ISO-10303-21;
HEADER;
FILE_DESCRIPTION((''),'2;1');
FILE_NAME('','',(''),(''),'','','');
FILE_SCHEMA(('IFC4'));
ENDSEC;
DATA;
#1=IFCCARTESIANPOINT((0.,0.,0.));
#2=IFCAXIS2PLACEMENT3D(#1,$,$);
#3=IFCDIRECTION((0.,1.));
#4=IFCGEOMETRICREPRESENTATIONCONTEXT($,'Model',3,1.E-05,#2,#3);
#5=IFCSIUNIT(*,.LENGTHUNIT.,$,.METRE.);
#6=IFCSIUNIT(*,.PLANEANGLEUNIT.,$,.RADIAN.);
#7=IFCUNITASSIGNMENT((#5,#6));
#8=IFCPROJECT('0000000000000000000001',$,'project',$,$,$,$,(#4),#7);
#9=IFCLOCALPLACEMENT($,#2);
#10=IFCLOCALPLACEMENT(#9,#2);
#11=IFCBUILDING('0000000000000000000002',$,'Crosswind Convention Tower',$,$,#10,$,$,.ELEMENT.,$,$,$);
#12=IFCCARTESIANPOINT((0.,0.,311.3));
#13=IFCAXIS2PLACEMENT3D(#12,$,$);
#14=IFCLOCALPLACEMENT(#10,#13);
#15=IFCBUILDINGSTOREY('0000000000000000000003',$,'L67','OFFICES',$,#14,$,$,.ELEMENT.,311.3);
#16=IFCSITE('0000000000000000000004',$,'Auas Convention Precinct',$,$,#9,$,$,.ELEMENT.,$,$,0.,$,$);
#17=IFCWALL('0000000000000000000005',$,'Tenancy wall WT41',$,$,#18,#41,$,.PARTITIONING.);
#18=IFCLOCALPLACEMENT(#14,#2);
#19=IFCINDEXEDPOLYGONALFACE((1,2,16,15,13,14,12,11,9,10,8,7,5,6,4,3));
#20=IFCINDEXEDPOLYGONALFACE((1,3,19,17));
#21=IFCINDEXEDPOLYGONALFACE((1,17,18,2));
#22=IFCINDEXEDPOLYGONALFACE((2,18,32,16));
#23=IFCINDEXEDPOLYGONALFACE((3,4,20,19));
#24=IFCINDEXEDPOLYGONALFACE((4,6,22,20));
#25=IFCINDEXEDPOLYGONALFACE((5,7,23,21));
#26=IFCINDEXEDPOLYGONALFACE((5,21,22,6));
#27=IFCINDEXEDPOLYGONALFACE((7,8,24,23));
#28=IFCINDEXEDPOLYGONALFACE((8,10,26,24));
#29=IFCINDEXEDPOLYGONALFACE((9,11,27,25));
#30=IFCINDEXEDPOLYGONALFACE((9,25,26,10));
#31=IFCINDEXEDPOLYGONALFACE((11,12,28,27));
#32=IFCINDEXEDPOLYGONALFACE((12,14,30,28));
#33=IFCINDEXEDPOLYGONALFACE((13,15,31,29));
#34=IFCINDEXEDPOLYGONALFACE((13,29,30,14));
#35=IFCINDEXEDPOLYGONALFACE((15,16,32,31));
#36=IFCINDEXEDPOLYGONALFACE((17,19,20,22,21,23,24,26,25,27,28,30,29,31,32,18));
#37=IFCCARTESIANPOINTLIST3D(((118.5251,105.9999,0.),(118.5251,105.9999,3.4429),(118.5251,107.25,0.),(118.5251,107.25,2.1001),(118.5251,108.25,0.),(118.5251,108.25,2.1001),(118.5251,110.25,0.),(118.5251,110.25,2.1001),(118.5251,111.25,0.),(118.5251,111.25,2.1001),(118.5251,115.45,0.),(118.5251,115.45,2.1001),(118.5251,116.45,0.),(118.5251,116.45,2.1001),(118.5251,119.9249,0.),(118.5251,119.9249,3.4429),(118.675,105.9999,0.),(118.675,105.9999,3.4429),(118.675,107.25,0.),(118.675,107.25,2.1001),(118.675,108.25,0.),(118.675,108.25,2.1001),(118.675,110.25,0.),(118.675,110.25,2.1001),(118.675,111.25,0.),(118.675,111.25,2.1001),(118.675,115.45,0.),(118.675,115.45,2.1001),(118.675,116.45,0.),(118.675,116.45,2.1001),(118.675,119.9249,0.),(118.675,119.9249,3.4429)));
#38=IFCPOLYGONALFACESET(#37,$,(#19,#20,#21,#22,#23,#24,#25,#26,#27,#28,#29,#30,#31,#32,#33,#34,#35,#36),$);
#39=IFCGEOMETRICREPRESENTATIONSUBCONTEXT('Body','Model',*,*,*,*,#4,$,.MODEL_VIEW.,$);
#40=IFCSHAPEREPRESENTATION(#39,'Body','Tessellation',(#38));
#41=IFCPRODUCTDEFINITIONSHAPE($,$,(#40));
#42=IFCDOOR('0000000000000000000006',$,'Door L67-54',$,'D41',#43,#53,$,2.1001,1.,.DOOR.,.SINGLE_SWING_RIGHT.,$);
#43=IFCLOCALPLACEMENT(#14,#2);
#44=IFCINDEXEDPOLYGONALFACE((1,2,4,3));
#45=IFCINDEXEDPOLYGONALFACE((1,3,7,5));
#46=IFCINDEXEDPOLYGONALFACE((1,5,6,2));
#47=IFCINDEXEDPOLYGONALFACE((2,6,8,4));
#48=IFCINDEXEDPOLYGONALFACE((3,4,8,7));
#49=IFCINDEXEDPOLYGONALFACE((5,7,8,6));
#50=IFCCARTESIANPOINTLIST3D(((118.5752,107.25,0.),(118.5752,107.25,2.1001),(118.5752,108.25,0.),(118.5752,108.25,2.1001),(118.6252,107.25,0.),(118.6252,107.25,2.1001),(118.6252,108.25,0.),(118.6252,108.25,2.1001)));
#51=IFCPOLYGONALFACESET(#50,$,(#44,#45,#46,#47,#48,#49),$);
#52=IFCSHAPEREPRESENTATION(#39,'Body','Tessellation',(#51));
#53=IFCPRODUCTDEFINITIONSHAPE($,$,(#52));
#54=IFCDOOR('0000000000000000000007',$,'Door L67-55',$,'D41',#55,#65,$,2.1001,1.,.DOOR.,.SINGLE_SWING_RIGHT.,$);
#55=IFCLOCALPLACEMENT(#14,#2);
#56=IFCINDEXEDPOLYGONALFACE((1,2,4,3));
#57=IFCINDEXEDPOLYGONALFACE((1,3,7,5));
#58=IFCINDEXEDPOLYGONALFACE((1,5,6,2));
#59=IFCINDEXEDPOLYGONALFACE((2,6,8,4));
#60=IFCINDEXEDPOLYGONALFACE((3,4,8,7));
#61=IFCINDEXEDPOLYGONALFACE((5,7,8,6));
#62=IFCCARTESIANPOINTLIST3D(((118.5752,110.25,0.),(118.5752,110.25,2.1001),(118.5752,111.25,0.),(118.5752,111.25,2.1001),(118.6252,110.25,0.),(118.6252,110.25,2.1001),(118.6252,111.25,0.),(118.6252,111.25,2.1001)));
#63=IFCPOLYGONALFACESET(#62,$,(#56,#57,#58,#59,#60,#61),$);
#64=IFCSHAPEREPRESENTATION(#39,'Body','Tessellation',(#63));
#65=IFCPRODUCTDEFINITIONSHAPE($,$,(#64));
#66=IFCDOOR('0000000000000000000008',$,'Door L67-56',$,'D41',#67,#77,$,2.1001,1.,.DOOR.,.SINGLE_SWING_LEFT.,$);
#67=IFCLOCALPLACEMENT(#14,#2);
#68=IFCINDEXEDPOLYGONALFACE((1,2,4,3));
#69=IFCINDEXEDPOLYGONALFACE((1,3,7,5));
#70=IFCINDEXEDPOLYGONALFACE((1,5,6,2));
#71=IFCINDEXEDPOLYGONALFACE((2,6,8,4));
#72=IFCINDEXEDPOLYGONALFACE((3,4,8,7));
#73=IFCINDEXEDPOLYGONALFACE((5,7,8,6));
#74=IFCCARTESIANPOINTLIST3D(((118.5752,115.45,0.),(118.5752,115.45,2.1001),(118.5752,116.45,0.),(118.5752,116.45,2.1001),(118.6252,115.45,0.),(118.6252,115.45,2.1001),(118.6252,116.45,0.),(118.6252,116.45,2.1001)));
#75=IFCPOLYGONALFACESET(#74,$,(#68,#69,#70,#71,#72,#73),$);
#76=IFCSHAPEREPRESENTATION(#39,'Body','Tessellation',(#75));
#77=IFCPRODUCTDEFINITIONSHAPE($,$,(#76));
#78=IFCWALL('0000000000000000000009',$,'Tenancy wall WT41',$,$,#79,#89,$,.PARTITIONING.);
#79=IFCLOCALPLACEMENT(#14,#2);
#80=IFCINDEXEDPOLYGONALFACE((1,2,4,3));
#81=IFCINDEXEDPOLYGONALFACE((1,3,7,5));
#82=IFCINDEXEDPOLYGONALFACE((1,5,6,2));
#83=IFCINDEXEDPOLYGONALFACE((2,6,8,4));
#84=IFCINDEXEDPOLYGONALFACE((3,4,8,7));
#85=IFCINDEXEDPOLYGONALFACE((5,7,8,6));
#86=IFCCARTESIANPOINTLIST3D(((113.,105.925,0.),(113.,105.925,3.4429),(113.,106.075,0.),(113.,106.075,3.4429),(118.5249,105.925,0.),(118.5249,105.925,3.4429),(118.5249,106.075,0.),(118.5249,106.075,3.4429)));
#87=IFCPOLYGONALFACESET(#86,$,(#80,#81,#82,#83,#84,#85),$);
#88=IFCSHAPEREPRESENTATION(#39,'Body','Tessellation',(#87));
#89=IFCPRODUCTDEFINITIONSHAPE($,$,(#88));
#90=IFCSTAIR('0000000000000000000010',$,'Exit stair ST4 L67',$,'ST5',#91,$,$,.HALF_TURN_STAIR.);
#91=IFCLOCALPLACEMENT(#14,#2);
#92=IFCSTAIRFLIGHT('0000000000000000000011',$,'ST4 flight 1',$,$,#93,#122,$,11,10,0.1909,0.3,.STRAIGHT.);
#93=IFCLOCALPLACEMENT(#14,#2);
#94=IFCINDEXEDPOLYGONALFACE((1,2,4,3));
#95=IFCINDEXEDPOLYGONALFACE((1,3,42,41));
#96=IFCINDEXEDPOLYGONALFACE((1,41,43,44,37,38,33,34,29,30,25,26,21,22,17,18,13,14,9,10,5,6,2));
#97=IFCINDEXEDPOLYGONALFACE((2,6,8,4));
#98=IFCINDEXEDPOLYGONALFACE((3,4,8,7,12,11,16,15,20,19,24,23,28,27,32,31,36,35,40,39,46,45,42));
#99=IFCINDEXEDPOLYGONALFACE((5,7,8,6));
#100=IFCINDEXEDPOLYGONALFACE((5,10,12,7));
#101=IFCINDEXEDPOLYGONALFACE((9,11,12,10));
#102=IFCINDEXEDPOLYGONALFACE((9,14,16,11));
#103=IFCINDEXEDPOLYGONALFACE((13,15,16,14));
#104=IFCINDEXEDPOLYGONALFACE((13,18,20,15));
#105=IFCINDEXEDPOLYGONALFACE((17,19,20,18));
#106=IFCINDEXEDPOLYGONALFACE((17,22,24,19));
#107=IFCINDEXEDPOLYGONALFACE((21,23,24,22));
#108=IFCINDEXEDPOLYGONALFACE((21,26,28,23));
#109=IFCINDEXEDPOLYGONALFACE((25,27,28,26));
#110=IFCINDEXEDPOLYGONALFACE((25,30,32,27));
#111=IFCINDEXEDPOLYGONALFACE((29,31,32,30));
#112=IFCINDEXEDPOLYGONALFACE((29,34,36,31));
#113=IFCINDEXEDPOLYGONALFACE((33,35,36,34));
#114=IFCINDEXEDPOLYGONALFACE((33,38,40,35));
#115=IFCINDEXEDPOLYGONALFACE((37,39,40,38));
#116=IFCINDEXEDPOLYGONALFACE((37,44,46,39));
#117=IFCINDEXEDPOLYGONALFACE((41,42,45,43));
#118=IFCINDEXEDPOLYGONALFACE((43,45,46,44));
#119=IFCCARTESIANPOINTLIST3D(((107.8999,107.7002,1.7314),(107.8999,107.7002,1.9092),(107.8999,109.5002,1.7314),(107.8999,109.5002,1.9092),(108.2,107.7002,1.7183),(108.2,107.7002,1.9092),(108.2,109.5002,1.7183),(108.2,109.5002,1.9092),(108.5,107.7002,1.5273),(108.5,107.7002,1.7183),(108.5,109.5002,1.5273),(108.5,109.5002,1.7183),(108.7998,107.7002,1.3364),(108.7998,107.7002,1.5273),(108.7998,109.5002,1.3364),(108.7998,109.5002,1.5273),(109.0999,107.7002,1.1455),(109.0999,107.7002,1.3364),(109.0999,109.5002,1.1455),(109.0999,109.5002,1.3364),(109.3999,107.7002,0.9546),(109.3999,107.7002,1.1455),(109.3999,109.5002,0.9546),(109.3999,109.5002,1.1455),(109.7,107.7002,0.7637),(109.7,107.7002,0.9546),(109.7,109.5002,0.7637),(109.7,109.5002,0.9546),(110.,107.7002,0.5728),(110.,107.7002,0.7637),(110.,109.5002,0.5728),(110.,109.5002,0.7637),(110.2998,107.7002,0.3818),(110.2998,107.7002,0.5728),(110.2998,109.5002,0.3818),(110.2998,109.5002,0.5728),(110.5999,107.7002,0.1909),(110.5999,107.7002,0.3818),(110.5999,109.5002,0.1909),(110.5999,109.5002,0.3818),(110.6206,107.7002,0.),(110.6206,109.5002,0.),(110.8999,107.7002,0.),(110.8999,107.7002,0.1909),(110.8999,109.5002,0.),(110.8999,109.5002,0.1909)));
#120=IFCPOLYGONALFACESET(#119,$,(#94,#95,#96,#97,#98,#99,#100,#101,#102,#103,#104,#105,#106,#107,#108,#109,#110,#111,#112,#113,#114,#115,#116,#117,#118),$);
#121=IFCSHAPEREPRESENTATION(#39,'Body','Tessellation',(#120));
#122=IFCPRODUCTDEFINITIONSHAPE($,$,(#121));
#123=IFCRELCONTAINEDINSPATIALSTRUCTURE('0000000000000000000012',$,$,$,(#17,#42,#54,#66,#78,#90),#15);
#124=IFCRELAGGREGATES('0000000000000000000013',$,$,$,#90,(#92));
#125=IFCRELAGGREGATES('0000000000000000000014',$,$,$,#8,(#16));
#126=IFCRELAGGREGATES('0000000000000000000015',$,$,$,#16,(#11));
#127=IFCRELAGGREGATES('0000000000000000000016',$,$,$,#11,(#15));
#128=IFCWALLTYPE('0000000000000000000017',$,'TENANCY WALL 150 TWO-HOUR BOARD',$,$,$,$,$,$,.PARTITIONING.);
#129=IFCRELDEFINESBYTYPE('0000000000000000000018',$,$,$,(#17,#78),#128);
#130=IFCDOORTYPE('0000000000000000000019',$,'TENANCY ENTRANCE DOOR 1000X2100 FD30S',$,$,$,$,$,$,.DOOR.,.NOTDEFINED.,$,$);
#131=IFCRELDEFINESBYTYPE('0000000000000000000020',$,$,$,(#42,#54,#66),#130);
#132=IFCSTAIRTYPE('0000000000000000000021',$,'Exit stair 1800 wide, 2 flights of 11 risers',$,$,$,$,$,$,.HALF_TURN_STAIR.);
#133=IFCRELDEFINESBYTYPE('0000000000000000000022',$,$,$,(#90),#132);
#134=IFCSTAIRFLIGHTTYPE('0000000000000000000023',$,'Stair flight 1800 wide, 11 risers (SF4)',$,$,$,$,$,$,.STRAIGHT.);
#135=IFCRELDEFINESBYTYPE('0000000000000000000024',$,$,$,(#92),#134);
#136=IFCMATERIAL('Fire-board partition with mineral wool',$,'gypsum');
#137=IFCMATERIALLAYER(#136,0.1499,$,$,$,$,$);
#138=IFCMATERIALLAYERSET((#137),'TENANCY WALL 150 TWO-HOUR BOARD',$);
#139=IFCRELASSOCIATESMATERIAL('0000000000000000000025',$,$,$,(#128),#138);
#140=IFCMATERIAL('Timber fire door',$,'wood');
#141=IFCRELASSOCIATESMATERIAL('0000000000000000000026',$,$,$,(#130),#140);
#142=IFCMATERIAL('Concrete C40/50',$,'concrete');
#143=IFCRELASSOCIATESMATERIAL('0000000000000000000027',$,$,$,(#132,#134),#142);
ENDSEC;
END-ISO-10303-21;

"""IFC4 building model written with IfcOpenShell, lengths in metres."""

from ifc_helpers import new_model, si_unit, direction, frame, frame_2d, origin, place, context, subcontext, project, spatial, polyline, rectangle, outline, extrude, material, layer, layer_set, type_object, element, fill, aggregate, save


model = new_model("IFC4")

# Units and contexts
model_context = context("Model", 3, precision=1e-05, world=origin(), true_north=direction((0.0, 1.0)))
body_context = subcontext(model_context, "Body", "Model", "MODEL_VIEW")
ifc_project = project(units=[si_unit("LENGTHUNIT", "METRE"), si_unit("PLANEANGLEUNIT", "RADIAN")], contexts=[model_context])

# Site, building, storey
site_placement = place(None, origin())
site = spatial("IfcSite", under=ifc_project, at=site_placement, Name="Auas Convention Precinct", CompositionType="ELEMENT", RefElevation=0.0)
building_placement = place(site_placement, origin())
building = spatial("IfcBuilding", under=site, at=building_placement, Name="Crosswind Convention Tower", CompositionType="ELEMENT")
storey_placement = place(building_placement, frame((0.0, 0.0, 311.3)))
storey = spatial("IfcBuildingStorey", under=building, at=storey_placement, Name="L67", Description="OFFICES", CompositionType="ELEMENT", Elevation=311.3)

# Wall, openings, doors
ifc_material_1 = material(Name="Fire-board partition with mineral wool", Category="gypsum")
ifc_layer_1 = layer(ifc_material_1, 0.1499)
ifc_layer_set_1 = layer_set([ifc_layer_1], Name="TENANCY WALL 150 TWO-HOUR BOARD")
wall_type_1 = type_object("IfcWallType", Name="TENANCY WALL 150 TWO-HOUR BOARD", PredefinedType="PARTITIONING", material=ifc_layer_set_1)
wall_1_placement = place(storey_placement, frame((118.6001, 106.0, 0.0), z_axis=(0.0, 0.0, 1.0), x_axis=(0.0, 1.0, 0.0)))
wall_1 = element("IfcWall", 1, at=wall_1_placement, inside=storey, type_object=wall_type_1, Name="Tenancy wall WT41", PredefinedType="PARTITIONING", context=body_context, shape_type="SweptSolid", body=[
    extrude(rectangle(XDim=13.925, YDim=0.1499, at=frame_2d((6.9624, 0.0))), origin(), (0.0, 0.0, 1.0), 3.4429),
])
opening_1_placement = place(wall_1_placement, frame((1.25, 0.0, 0.0)))
opening_1 = element("IfcOpeningElement", 2, at=opening_1_placement, cuts=wall_1, PredefinedType="OPENING", context=body_context, shape_type="SweptSolid", body=[
    extrude(rectangle(XDim=1.0, YDim=2.1001, at=frame_2d((0.5, 1.05))), frame((0.0, 0.085, 0.0), z_axis=(0.0, -1.0, 0.0), x_axis=(1.0, 0.0, 0.0)), (0.0, 0.0, 1.0), 0.1699),
])
opening_2_placement = place(wall_1_placement, frame((4.25, 0.0, 0.0)))
opening_2 = element("IfcOpeningElement", 3, at=opening_2_placement, cuts=wall_1, PredefinedType="OPENING", context=body_context, shape_type="SweptSolid", body=[
    extrude(rectangle(XDim=1.0, YDim=2.1001, at=frame_2d((0.5, 1.05))), frame((0.0, 0.085, 0.0), z_axis=(0.0, -1.0, 0.0), x_axis=(1.0, 0.0, 0.0)), (0.0, 0.0, 1.0), 0.1699),
])
opening_3_placement = place(wall_1_placement, frame((9.45, 0.0, 0.0)))
opening_3 = element("IfcOpeningElement", 4, at=opening_3_placement, cuts=wall_1, PredefinedType="OPENING", context=body_context, shape_type="SweptSolid", body=[
    extrude(rectangle(XDim=1.0, YDim=2.1001, at=frame_2d((0.5, 1.05))), frame((0.0, 0.085, 0.0), z_axis=(0.0, -1.0, 0.0), x_axis=(1.0, 0.0, 0.0)), (0.0, 0.0, 1.0), 0.1699),
])
ifc_material_2 = material(Name="Timber fire door", Category="wood")
door_type_1 = type_object("IfcDoorType", Name="TENANCY ENTRANCE DOOR 1000X2100 FD30S", OperationType="NOTDEFINED", PredefinedType="DOOR", material=ifc_material_2)
door_1_placement = place(opening_1_placement, origin())
door_1 = element("IfcDoor", 5, at=door_1_placement, inside=storey, type_object=door_type_1, Name="Door L67-54", ObjectType="D41", OperationType="SINGLE_SWING_RIGHT", OverallHeight=2.1001, OverallWidth=1.0, PredefinedType="DOOR", context=body_context, shape_type="SweptSolid", body=[
    extrude(rectangle(XDim=1.0, YDim=2.1001, at=frame_2d((0.5, 1.05))), frame((0.0, 0.0249, 0.0), z_axis=(0.0, -1.0, 0.0), x_axis=(1.0, 0.0, 0.0)), (0.0, 0.0, 1.0), 0.05),
])
fill(opening_1, door_1)
door_2_placement = place(opening_2_placement, origin())
door_2 = element("IfcDoor", 6, at=door_2_placement, inside=storey, type_object=door_type_1, Name="Door L67-55", ObjectType="D41", OperationType="SINGLE_SWING_RIGHT", OverallHeight=2.1001, OverallWidth=1.0, PredefinedType="DOOR", context=body_context, shape_type="SweptSolid", body=[
    extrude(rectangle(XDim=1.0, YDim=2.1001, at=frame_2d((0.5, 1.05))), frame((0.0, 0.0249, 0.0), z_axis=(0.0, -1.0, 0.0), x_axis=(1.0, 0.0, 0.0)), (0.0, 0.0, 1.0), 0.05),
])
fill(opening_2, door_2)
door_3_placement = place(opening_3_placement, origin())
door_3 = element("IfcDoor", 7, at=door_3_placement, inside=storey, type_object=door_type_1, Name="Door L67-56", ObjectType="D41", OperationType="SINGLE_SWING_LEFT", OverallHeight=2.1001, OverallWidth=1.0, PredefinedType="DOOR", context=body_context, shape_type="SweptSolid", body=[
    extrude(rectangle(XDim=1.0, YDim=2.1001, at=frame_2d((0.5, 1.05))), frame((0.0, 0.0249, 0.0), z_axis=(0.0, -1.0, 0.0), x_axis=(1.0, 0.0, 0.0)), (0.0, 0.0, 1.0), 0.05),
])
fill(opening_3, door_3)

# Wall
wall_2_placement = place(storey_placement, frame((113.0, 106.0, 0.0), z_axis=(0.0, 0.0, 1.0), x_axis=(1.0, 0.0, 0.0)))
element("IfcWall", 8, at=wall_2_placement, inside=storey, type_object=wall_type_1, Name="Tenancy wall WT41", PredefinedType="PARTITIONING", context=body_context, shape_type="SweptSolid", body=[
    extrude(rectangle(XDim=5.5249, YDim=0.1499, at=frame_2d((2.7625, 0.0))), origin(), (0.0, 0.0, 1.0), 3.4429),
])

# Stair, stair flight
ifc_material_3 = material(Name="Concrete C40/50", Category="concrete")
stair_type = type_object("IfcStairType", Name="Exit stair 1800 wide, 2 flights of 11 risers", PredefinedType="HALF_TURN_STAIR", material=ifc_material_3)
stair_placement = place(storey_placement, origin())
stair = element("IfcStair", 9, at=stair_placement, inside=storey, type_object=stair_type, Name="Exit stair ST4 L67", ObjectType="ST5", PredefinedType="HALF_TURN_STAIR")
stair_flight_type = type_object("IfcStairFlightType", Name="Stair flight 1800 wide, 11 risers (SF4)", PredefinedType="STRAIGHT", material=ifc_material_3)
stair_flight_placement = place(storey_placement, frame((110.8999, 108.6001, 0.0), z_axis=(0.0, 0.0, 1.0), x_axis=(-1.0, 0.0, 0.0)))
stair_flight = element("IfcStairFlight", 10, at=stair_flight_placement, type_object=stair_flight_type, Name="ST4 flight 1", NumberOfRisers=11, NumberOfTreads=10, PredefinedType="STRAIGHT", RiserHeight=0.1909, TreadLength=0.3, context=body_context, shape_type="SweptSolid", body=[
    extrude(outline(polyline([(0.0, 0.0), (0.0, 0.1909), (0.3, 0.1909), (0.3, 0.3818), (0.6001, 0.3818), (0.6001, 0.5728), (0.8999, 0.5728), (0.8999, 0.7637), (1.2, 0.7637), (1.2, 0.9546), (1.5, 0.9546), (1.5, 1.1455), (1.8, 1.1455), (1.8, 1.3364), (2.1001, 1.3364), (2.1001, 1.5273), (2.3999, 1.5273), (2.3999, 1.7183), (2.7, 1.7183), (2.7, 1.9092), (3.0, 1.9092), (3.0, 2.1001), (3.0, 1.7314), (0.2793, 0.0), (0.0, 0.0)])), frame((0.0, 0.8999, 0.0), z_axis=(0.0, -1.0, 0.0), x_axis=(1.0, 0.0, 0.0)), (0.0, 0.0, 1.0), 1.8),
])
aggregate(stair, [stair_flight])

save(model, "model.ifc")
